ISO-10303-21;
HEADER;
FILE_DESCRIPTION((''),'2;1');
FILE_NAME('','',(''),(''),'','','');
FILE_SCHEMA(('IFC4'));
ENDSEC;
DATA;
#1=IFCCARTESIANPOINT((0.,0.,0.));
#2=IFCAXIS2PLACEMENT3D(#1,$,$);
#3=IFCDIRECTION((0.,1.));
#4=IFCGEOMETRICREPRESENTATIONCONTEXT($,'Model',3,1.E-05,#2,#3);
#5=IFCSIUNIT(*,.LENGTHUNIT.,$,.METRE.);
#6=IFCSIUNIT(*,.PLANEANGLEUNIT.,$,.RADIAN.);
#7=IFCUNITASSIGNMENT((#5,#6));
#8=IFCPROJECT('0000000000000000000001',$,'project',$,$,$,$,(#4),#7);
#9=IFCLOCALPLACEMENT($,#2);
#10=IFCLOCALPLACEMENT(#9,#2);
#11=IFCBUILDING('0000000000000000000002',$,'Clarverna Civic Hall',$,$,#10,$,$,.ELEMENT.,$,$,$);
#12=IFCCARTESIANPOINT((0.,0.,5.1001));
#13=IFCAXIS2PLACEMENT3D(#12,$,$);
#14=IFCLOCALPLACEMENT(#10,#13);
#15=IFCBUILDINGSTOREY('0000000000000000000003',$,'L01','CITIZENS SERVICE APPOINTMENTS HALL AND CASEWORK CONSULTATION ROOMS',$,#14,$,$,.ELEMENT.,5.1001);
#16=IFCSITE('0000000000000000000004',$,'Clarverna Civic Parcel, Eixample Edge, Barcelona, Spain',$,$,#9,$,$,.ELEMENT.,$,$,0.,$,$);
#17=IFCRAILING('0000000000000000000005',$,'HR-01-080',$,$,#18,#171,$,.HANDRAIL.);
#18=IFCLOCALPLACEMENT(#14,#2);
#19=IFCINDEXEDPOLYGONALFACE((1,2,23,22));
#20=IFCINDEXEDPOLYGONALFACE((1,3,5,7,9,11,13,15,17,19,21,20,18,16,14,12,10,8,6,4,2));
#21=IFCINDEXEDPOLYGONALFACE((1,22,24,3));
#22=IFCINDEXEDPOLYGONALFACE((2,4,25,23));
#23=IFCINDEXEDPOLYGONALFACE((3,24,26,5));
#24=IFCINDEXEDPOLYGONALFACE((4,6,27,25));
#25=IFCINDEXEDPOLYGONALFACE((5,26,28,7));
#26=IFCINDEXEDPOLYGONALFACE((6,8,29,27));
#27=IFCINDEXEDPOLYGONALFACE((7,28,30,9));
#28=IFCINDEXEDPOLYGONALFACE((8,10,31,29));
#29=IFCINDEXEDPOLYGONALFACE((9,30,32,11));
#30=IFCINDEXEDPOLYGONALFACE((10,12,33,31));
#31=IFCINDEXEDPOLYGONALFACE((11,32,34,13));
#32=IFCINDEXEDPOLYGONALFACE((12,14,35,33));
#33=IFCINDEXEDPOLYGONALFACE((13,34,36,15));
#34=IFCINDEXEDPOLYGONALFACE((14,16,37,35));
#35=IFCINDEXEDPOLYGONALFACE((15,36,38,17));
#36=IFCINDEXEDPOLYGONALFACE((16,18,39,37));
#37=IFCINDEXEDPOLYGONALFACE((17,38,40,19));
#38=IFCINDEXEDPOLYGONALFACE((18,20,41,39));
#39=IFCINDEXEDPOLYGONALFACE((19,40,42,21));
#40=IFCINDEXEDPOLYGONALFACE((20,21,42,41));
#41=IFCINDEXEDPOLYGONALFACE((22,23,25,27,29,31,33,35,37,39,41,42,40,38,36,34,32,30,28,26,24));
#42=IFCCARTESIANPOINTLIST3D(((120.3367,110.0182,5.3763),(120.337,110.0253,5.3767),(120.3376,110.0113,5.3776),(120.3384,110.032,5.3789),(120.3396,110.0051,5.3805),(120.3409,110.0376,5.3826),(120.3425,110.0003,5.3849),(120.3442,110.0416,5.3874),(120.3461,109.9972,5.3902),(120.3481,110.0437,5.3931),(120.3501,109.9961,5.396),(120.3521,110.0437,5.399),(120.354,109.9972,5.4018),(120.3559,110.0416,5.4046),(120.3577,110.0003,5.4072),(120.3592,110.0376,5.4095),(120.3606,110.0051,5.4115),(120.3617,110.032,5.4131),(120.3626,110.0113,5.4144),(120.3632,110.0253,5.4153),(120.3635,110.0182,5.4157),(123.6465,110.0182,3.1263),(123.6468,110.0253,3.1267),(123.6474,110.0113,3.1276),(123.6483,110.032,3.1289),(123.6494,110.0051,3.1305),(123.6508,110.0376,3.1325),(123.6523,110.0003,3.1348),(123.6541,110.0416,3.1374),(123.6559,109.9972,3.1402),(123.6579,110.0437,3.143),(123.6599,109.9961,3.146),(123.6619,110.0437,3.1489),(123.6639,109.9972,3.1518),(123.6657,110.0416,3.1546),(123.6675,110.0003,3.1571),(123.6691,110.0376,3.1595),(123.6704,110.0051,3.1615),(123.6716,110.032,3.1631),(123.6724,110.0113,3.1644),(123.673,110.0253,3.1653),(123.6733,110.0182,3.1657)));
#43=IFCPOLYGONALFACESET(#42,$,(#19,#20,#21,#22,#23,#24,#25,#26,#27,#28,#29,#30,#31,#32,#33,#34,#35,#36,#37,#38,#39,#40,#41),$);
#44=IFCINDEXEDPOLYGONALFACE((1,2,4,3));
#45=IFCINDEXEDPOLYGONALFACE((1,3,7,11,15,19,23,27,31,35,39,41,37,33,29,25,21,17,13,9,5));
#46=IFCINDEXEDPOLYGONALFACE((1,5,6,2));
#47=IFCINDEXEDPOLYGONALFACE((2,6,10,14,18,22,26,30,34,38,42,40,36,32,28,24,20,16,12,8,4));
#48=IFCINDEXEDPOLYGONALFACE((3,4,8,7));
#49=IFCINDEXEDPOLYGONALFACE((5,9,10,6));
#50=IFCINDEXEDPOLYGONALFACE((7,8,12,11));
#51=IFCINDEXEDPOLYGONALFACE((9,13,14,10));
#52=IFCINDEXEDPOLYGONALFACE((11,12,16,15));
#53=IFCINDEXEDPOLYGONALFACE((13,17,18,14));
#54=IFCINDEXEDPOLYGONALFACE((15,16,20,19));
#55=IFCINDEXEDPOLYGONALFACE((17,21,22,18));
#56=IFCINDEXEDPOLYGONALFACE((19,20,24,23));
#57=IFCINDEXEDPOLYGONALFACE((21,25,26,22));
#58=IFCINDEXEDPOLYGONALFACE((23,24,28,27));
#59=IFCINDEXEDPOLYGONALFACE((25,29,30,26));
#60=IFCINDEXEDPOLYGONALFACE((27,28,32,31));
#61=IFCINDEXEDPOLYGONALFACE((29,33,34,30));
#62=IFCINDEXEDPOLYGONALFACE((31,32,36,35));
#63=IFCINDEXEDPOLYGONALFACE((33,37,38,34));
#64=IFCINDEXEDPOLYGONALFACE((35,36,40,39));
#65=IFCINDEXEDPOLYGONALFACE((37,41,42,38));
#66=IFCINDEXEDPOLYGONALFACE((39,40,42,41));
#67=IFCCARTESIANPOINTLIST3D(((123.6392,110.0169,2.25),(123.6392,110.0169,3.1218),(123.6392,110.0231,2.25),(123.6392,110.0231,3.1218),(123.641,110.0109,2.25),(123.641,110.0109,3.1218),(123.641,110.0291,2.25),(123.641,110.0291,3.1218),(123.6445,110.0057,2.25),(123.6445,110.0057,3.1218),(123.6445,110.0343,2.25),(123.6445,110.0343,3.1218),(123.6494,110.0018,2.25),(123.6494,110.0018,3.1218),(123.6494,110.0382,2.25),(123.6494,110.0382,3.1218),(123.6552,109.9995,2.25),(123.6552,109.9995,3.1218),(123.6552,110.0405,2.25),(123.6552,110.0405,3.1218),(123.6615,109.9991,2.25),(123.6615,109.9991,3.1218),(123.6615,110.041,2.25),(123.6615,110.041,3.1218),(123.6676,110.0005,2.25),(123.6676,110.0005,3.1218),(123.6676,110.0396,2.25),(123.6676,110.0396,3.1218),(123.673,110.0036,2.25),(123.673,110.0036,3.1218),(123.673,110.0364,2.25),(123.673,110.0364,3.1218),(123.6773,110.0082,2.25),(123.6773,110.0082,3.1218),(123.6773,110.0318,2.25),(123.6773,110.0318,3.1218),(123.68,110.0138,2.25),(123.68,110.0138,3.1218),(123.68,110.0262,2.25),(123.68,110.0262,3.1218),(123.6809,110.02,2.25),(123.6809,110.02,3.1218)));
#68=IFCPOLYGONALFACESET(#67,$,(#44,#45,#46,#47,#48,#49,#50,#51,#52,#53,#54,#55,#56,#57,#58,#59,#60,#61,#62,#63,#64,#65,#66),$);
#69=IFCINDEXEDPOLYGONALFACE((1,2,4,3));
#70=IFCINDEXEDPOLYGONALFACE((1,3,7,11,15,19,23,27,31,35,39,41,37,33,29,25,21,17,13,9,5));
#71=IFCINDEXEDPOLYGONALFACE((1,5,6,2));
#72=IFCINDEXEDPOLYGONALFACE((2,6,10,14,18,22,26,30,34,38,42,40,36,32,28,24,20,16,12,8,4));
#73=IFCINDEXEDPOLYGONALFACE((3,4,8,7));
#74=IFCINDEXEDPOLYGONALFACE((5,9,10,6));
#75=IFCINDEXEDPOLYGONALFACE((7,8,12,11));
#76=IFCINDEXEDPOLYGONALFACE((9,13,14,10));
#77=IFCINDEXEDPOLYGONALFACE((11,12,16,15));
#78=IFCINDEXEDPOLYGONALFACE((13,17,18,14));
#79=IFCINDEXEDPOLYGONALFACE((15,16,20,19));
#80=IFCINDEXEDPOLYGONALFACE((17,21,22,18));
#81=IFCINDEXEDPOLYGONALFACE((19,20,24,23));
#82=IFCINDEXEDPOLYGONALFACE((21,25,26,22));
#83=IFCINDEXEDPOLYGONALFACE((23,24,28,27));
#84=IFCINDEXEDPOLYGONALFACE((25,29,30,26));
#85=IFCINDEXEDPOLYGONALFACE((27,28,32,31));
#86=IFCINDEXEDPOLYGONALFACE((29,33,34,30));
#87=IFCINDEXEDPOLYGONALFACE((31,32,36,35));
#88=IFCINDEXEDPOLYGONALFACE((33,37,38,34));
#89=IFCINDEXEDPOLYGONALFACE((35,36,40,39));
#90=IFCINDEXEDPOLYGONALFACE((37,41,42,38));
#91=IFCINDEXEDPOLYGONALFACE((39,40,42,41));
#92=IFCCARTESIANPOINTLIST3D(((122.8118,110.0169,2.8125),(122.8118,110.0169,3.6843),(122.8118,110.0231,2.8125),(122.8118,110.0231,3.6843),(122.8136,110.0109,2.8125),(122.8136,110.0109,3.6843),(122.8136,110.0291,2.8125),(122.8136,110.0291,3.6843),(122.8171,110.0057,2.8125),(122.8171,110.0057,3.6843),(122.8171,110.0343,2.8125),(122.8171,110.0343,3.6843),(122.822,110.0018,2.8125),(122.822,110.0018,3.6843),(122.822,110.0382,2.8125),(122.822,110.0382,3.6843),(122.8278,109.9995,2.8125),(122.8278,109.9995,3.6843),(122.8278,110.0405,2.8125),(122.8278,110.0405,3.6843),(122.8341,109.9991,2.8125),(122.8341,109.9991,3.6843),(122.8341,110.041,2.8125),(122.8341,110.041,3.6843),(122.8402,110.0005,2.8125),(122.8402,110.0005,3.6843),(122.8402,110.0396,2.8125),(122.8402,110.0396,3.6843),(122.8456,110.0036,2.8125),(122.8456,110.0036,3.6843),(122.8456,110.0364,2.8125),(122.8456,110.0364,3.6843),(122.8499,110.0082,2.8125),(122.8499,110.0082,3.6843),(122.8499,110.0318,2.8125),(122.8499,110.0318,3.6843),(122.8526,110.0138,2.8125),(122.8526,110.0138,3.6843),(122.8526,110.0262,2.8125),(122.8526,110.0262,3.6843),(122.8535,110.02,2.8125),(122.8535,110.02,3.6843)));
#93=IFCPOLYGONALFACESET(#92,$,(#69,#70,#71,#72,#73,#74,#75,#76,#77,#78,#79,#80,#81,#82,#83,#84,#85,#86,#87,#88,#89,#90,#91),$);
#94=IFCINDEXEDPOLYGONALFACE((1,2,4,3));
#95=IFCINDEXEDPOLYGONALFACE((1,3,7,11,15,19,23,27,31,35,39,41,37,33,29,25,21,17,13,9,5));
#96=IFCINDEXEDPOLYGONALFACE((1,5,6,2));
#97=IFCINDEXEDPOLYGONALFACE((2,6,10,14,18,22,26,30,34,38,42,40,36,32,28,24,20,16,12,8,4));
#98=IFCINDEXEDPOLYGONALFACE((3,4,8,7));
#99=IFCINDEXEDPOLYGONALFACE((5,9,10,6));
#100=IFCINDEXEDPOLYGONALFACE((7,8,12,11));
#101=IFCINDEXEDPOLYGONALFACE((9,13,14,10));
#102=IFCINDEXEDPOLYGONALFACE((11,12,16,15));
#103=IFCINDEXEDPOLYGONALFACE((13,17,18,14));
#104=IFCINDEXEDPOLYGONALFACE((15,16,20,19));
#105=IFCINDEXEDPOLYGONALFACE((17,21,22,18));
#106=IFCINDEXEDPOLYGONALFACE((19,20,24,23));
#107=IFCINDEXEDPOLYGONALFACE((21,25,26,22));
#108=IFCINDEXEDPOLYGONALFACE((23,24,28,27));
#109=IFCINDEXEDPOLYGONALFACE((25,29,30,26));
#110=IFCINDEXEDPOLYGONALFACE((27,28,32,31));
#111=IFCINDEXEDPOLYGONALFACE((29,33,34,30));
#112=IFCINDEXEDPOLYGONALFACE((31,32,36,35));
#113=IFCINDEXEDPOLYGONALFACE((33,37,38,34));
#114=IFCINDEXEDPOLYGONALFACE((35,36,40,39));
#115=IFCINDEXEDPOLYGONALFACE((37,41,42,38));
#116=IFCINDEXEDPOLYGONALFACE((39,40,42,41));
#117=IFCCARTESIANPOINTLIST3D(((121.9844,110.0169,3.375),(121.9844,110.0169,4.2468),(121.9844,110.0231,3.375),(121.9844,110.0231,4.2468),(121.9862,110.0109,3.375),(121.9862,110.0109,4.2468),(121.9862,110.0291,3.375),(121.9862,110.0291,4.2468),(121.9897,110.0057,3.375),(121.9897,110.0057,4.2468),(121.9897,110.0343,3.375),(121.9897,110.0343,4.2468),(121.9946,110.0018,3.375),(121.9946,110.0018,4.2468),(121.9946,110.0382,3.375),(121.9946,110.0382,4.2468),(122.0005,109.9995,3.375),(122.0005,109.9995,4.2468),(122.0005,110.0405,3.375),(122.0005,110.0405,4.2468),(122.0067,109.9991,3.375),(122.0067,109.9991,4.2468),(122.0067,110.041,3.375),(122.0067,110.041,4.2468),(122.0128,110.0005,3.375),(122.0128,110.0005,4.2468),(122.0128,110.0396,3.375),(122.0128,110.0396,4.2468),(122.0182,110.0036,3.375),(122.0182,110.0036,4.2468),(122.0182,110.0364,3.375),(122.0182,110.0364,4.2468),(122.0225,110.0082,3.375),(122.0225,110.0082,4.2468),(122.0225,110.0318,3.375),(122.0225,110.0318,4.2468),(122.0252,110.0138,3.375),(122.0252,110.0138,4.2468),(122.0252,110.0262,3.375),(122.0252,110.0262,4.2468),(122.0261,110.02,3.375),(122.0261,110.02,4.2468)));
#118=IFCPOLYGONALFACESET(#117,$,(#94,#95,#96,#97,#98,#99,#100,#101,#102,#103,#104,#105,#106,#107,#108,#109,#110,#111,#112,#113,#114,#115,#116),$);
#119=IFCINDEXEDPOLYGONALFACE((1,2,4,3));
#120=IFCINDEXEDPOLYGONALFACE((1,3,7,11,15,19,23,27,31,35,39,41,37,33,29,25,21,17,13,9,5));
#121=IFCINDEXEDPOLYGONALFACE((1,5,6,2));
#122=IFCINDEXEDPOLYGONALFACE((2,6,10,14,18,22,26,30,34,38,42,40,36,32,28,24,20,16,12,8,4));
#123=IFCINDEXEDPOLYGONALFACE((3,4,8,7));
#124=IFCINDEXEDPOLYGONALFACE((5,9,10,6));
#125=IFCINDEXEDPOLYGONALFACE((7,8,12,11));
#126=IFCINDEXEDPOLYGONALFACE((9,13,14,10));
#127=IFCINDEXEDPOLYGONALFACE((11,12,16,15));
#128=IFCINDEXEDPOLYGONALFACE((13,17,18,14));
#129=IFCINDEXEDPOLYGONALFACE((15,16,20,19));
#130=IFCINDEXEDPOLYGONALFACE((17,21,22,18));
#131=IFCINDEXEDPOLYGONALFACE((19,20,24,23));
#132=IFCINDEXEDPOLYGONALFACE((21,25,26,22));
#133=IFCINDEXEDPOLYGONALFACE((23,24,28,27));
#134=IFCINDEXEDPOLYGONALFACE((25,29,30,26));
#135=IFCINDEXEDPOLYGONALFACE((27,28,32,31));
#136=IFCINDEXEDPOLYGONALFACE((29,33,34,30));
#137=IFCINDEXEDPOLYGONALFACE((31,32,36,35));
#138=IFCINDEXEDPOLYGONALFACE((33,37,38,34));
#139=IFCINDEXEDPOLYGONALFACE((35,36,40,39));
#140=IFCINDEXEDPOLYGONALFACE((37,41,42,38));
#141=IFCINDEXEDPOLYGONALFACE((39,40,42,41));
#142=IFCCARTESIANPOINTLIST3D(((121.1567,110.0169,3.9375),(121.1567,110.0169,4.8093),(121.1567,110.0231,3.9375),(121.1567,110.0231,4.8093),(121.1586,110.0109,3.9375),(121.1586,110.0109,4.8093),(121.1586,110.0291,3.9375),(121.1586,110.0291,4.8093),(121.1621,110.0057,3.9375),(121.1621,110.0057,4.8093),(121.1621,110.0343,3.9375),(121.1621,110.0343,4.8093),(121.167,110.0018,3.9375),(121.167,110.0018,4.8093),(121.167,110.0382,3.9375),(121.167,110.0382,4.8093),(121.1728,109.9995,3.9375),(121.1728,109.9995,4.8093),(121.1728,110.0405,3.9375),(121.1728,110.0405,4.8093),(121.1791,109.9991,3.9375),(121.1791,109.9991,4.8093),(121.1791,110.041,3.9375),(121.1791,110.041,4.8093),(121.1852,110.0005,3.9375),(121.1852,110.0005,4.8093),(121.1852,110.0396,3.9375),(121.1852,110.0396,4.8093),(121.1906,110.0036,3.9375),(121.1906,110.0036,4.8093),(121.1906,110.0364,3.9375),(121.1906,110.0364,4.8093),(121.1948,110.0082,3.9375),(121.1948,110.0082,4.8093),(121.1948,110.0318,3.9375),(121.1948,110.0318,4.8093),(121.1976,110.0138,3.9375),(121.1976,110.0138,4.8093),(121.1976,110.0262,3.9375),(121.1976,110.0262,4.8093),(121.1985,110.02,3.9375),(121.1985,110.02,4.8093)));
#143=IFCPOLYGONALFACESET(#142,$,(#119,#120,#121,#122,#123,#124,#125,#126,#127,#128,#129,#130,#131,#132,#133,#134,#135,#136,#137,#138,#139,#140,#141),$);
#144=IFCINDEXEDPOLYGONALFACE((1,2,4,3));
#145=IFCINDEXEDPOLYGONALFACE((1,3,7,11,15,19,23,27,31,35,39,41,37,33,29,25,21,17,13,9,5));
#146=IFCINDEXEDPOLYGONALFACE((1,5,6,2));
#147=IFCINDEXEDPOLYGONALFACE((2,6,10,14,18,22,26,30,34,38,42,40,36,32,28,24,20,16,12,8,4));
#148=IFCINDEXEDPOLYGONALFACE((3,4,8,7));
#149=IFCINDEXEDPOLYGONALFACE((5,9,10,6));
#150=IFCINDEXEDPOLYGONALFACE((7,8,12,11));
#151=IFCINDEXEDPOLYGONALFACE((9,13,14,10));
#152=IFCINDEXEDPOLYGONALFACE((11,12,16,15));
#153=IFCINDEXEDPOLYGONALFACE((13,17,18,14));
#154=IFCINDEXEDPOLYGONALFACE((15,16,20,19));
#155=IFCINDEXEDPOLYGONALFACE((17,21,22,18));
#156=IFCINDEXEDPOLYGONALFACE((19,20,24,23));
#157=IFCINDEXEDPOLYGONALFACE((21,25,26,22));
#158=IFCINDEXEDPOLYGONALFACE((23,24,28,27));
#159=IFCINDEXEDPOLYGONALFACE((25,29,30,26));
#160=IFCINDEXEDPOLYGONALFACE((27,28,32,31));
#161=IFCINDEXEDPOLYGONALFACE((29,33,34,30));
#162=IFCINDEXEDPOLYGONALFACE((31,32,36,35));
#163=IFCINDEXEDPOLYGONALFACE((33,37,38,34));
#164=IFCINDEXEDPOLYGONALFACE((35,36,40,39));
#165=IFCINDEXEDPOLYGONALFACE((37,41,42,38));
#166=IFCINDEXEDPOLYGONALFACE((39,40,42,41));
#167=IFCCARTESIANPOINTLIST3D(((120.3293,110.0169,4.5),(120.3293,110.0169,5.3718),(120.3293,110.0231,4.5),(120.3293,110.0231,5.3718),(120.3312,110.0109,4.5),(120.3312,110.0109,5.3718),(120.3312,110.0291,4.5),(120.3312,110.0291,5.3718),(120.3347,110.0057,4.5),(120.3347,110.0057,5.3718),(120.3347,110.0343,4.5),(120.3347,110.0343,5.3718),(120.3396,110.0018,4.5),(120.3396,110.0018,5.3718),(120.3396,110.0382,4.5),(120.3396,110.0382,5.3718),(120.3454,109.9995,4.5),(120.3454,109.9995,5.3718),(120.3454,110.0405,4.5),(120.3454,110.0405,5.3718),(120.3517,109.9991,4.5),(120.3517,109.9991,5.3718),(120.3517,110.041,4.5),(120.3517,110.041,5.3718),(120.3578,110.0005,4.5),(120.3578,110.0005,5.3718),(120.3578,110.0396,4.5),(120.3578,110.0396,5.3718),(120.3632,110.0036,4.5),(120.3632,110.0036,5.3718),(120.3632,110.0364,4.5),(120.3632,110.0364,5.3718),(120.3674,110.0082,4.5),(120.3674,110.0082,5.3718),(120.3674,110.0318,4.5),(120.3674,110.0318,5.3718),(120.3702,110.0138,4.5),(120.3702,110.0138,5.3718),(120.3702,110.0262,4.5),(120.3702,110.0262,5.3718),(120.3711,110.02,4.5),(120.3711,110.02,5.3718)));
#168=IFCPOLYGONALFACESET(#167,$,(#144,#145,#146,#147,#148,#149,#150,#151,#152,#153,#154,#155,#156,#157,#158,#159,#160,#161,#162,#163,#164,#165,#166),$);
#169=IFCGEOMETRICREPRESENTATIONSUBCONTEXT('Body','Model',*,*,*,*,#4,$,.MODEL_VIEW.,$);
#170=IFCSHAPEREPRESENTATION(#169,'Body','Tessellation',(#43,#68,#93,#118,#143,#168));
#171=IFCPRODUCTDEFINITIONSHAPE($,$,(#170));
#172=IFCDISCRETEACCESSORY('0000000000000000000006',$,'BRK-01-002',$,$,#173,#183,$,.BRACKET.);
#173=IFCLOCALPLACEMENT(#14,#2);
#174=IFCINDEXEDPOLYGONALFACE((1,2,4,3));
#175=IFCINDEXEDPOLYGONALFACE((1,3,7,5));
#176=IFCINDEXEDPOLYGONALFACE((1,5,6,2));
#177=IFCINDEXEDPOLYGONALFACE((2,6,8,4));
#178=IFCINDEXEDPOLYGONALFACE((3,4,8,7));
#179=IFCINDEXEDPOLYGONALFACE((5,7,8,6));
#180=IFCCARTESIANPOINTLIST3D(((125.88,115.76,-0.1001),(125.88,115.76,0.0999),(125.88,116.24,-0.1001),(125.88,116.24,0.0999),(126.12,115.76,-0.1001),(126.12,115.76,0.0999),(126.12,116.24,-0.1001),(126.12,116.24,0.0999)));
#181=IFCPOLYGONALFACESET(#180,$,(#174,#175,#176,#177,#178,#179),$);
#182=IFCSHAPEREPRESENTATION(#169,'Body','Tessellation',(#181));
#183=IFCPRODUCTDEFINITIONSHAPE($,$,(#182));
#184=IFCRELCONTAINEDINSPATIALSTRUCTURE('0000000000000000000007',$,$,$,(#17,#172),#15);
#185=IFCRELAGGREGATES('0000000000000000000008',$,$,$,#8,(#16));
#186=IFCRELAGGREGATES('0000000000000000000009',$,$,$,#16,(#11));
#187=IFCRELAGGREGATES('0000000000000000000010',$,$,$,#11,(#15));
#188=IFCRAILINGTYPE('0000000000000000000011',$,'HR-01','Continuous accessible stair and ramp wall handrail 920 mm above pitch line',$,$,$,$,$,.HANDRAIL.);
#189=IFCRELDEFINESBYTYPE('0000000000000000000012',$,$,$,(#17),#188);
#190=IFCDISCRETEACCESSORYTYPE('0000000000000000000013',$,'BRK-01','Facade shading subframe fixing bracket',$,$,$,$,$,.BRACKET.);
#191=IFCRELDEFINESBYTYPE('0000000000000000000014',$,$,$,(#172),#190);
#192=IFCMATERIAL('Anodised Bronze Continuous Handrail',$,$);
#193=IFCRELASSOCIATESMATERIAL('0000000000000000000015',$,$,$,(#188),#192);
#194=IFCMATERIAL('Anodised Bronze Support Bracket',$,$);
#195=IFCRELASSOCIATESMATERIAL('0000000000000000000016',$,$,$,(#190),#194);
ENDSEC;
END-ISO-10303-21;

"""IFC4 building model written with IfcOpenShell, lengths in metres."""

from ifc_helpers import new_model, si_unit, direction, frame, origin, origin_2d, place, context, subcontext, project, spatial, rectangle, circle, extrude, material, type_object, element, save


model = new_model("IFC4")

# Units and contexts
model_context = context("Model", 3, precision=1e-05, world=origin(), true_north=direction((0.0, 1.0)))
body_context = subcontext(model_context, "Body", "Model", "MODEL_VIEW")
ifc_project = project(units=[si_unit("LENGTHUNIT", "METRE"), si_unit("PLANEANGLEUNIT", "RADIAN")], contexts=[model_context])

# Site, building, storey
site_placement = place(None, origin())
site = spatial("IfcSite", under=ifc_project, at=site_placement, Name="Clarverna Civic Parcel, Eixample Edge, Barcelona, Spain", CompositionType="ELEMENT", RefElevation=0.0)
building_placement = place(site_placement, origin())
building = spatial("IfcBuilding", under=site, at=building_placement, Name="Clarverna Civic Hall", CompositionType="ELEMENT")
storey_placement = place(building_placement, frame((0.0, 0.0, 5.1001)))
storey = spatial("IfcBuildingStorey", under=building, at=storey_placement, Name="L01", Description="CITIZENS SERVICE APPOINTMENTS HALL AND CASEWORK CONSULTATION ROOMS", CompositionType="ELEMENT", Elevation=5.1001)

# Railing
ifc_material_1 = material(Name="Anodised Bronze Continuous Handrail")
railing_type = type_object("IfcRailingType", Name="HR-01", Description="Continuous accessible stair and ramp wall handrail 920 mm above pitch line", PredefinedType="HANDRAIL", material=ifc_material_1)
railing_placement = place(storey_placement, frame((123.6599, 110.02, 2.25)))
element("IfcRailing", 1, at=railing_placement, inside=storey, type_object=railing_type, Name="HR-01-080", PredefinedType="HANDRAIL", context=body_context, shape_type="SweptSolid", body=[
    extrude(circle(Radius=0.0239, at=origin_2d()), frame((0.0, 0.0, 0.896), z_axis=(-0.827005, 0.0, 0.562195), x_axis=(0.0, -1.0, 0.0)), (0.0, 0.0, 1.0), 4.0022),
    extrude(circle(Radius=0.021, at=origin_2d()), origin(), (0.0, 0.0, 1.0), 0.8718),
    extrude(circle(Radius=0.021, at=origin_2d()), frame((-0.8274, 0.0, 0.5625)), (0.0, 0.0, 1.0), 0.8718),
    extrude(circle(Radius=0.021, at=origin_2d()), frame((-1.6548, 0.0, 1.125)), (0.0, 0.0, 1.0), 0.8718),
    extrude(circle(Radius=0.021, at=origin_2d()), frame((-2.4824, 0.0, 1.6875)), (0.0, 0.0, 1.0), 0.8718),
    extrude(circle(Radius=0.021, at=origin_2d()), frame((-3.3098, 0.0, 2.25)), (0.0, 0.0, 1.0), 0.8718),
])

# Discrete accessory
ifc_material_2 = material(Name="Anodised Bronze Support Bracket")
discrete_accessory_type = type_object("IfcDiscreteAccessoryType", Name="BRK-01", Description="Facade shading subframe fixing bracket", PredefinedType="BRACKET", material=ifc_material_2)
discrete_accessory_placement = place(storey_placement, frame((126.0, 116.0, -0.1001), z_axis=(0.0, 0.0, 1.0), x_axis=(1.0, 0.0, 0.0)))
element("IfcDiscreteAccessory", 2, at=discrete_accessory_placement, inside=storey, type_object=discrete_accessory_type, Name="BRK-01-002", PredefinedType="BRACKET", context=body_context, shape_type="SweptSolid", body=[
    extrude(rectangle(XDim=0.24, YDim=0.48, at=origin_2d()), origin(), (0.0, 0.0, 1.0), 0.2),
])

save(model, "model.ifc")
